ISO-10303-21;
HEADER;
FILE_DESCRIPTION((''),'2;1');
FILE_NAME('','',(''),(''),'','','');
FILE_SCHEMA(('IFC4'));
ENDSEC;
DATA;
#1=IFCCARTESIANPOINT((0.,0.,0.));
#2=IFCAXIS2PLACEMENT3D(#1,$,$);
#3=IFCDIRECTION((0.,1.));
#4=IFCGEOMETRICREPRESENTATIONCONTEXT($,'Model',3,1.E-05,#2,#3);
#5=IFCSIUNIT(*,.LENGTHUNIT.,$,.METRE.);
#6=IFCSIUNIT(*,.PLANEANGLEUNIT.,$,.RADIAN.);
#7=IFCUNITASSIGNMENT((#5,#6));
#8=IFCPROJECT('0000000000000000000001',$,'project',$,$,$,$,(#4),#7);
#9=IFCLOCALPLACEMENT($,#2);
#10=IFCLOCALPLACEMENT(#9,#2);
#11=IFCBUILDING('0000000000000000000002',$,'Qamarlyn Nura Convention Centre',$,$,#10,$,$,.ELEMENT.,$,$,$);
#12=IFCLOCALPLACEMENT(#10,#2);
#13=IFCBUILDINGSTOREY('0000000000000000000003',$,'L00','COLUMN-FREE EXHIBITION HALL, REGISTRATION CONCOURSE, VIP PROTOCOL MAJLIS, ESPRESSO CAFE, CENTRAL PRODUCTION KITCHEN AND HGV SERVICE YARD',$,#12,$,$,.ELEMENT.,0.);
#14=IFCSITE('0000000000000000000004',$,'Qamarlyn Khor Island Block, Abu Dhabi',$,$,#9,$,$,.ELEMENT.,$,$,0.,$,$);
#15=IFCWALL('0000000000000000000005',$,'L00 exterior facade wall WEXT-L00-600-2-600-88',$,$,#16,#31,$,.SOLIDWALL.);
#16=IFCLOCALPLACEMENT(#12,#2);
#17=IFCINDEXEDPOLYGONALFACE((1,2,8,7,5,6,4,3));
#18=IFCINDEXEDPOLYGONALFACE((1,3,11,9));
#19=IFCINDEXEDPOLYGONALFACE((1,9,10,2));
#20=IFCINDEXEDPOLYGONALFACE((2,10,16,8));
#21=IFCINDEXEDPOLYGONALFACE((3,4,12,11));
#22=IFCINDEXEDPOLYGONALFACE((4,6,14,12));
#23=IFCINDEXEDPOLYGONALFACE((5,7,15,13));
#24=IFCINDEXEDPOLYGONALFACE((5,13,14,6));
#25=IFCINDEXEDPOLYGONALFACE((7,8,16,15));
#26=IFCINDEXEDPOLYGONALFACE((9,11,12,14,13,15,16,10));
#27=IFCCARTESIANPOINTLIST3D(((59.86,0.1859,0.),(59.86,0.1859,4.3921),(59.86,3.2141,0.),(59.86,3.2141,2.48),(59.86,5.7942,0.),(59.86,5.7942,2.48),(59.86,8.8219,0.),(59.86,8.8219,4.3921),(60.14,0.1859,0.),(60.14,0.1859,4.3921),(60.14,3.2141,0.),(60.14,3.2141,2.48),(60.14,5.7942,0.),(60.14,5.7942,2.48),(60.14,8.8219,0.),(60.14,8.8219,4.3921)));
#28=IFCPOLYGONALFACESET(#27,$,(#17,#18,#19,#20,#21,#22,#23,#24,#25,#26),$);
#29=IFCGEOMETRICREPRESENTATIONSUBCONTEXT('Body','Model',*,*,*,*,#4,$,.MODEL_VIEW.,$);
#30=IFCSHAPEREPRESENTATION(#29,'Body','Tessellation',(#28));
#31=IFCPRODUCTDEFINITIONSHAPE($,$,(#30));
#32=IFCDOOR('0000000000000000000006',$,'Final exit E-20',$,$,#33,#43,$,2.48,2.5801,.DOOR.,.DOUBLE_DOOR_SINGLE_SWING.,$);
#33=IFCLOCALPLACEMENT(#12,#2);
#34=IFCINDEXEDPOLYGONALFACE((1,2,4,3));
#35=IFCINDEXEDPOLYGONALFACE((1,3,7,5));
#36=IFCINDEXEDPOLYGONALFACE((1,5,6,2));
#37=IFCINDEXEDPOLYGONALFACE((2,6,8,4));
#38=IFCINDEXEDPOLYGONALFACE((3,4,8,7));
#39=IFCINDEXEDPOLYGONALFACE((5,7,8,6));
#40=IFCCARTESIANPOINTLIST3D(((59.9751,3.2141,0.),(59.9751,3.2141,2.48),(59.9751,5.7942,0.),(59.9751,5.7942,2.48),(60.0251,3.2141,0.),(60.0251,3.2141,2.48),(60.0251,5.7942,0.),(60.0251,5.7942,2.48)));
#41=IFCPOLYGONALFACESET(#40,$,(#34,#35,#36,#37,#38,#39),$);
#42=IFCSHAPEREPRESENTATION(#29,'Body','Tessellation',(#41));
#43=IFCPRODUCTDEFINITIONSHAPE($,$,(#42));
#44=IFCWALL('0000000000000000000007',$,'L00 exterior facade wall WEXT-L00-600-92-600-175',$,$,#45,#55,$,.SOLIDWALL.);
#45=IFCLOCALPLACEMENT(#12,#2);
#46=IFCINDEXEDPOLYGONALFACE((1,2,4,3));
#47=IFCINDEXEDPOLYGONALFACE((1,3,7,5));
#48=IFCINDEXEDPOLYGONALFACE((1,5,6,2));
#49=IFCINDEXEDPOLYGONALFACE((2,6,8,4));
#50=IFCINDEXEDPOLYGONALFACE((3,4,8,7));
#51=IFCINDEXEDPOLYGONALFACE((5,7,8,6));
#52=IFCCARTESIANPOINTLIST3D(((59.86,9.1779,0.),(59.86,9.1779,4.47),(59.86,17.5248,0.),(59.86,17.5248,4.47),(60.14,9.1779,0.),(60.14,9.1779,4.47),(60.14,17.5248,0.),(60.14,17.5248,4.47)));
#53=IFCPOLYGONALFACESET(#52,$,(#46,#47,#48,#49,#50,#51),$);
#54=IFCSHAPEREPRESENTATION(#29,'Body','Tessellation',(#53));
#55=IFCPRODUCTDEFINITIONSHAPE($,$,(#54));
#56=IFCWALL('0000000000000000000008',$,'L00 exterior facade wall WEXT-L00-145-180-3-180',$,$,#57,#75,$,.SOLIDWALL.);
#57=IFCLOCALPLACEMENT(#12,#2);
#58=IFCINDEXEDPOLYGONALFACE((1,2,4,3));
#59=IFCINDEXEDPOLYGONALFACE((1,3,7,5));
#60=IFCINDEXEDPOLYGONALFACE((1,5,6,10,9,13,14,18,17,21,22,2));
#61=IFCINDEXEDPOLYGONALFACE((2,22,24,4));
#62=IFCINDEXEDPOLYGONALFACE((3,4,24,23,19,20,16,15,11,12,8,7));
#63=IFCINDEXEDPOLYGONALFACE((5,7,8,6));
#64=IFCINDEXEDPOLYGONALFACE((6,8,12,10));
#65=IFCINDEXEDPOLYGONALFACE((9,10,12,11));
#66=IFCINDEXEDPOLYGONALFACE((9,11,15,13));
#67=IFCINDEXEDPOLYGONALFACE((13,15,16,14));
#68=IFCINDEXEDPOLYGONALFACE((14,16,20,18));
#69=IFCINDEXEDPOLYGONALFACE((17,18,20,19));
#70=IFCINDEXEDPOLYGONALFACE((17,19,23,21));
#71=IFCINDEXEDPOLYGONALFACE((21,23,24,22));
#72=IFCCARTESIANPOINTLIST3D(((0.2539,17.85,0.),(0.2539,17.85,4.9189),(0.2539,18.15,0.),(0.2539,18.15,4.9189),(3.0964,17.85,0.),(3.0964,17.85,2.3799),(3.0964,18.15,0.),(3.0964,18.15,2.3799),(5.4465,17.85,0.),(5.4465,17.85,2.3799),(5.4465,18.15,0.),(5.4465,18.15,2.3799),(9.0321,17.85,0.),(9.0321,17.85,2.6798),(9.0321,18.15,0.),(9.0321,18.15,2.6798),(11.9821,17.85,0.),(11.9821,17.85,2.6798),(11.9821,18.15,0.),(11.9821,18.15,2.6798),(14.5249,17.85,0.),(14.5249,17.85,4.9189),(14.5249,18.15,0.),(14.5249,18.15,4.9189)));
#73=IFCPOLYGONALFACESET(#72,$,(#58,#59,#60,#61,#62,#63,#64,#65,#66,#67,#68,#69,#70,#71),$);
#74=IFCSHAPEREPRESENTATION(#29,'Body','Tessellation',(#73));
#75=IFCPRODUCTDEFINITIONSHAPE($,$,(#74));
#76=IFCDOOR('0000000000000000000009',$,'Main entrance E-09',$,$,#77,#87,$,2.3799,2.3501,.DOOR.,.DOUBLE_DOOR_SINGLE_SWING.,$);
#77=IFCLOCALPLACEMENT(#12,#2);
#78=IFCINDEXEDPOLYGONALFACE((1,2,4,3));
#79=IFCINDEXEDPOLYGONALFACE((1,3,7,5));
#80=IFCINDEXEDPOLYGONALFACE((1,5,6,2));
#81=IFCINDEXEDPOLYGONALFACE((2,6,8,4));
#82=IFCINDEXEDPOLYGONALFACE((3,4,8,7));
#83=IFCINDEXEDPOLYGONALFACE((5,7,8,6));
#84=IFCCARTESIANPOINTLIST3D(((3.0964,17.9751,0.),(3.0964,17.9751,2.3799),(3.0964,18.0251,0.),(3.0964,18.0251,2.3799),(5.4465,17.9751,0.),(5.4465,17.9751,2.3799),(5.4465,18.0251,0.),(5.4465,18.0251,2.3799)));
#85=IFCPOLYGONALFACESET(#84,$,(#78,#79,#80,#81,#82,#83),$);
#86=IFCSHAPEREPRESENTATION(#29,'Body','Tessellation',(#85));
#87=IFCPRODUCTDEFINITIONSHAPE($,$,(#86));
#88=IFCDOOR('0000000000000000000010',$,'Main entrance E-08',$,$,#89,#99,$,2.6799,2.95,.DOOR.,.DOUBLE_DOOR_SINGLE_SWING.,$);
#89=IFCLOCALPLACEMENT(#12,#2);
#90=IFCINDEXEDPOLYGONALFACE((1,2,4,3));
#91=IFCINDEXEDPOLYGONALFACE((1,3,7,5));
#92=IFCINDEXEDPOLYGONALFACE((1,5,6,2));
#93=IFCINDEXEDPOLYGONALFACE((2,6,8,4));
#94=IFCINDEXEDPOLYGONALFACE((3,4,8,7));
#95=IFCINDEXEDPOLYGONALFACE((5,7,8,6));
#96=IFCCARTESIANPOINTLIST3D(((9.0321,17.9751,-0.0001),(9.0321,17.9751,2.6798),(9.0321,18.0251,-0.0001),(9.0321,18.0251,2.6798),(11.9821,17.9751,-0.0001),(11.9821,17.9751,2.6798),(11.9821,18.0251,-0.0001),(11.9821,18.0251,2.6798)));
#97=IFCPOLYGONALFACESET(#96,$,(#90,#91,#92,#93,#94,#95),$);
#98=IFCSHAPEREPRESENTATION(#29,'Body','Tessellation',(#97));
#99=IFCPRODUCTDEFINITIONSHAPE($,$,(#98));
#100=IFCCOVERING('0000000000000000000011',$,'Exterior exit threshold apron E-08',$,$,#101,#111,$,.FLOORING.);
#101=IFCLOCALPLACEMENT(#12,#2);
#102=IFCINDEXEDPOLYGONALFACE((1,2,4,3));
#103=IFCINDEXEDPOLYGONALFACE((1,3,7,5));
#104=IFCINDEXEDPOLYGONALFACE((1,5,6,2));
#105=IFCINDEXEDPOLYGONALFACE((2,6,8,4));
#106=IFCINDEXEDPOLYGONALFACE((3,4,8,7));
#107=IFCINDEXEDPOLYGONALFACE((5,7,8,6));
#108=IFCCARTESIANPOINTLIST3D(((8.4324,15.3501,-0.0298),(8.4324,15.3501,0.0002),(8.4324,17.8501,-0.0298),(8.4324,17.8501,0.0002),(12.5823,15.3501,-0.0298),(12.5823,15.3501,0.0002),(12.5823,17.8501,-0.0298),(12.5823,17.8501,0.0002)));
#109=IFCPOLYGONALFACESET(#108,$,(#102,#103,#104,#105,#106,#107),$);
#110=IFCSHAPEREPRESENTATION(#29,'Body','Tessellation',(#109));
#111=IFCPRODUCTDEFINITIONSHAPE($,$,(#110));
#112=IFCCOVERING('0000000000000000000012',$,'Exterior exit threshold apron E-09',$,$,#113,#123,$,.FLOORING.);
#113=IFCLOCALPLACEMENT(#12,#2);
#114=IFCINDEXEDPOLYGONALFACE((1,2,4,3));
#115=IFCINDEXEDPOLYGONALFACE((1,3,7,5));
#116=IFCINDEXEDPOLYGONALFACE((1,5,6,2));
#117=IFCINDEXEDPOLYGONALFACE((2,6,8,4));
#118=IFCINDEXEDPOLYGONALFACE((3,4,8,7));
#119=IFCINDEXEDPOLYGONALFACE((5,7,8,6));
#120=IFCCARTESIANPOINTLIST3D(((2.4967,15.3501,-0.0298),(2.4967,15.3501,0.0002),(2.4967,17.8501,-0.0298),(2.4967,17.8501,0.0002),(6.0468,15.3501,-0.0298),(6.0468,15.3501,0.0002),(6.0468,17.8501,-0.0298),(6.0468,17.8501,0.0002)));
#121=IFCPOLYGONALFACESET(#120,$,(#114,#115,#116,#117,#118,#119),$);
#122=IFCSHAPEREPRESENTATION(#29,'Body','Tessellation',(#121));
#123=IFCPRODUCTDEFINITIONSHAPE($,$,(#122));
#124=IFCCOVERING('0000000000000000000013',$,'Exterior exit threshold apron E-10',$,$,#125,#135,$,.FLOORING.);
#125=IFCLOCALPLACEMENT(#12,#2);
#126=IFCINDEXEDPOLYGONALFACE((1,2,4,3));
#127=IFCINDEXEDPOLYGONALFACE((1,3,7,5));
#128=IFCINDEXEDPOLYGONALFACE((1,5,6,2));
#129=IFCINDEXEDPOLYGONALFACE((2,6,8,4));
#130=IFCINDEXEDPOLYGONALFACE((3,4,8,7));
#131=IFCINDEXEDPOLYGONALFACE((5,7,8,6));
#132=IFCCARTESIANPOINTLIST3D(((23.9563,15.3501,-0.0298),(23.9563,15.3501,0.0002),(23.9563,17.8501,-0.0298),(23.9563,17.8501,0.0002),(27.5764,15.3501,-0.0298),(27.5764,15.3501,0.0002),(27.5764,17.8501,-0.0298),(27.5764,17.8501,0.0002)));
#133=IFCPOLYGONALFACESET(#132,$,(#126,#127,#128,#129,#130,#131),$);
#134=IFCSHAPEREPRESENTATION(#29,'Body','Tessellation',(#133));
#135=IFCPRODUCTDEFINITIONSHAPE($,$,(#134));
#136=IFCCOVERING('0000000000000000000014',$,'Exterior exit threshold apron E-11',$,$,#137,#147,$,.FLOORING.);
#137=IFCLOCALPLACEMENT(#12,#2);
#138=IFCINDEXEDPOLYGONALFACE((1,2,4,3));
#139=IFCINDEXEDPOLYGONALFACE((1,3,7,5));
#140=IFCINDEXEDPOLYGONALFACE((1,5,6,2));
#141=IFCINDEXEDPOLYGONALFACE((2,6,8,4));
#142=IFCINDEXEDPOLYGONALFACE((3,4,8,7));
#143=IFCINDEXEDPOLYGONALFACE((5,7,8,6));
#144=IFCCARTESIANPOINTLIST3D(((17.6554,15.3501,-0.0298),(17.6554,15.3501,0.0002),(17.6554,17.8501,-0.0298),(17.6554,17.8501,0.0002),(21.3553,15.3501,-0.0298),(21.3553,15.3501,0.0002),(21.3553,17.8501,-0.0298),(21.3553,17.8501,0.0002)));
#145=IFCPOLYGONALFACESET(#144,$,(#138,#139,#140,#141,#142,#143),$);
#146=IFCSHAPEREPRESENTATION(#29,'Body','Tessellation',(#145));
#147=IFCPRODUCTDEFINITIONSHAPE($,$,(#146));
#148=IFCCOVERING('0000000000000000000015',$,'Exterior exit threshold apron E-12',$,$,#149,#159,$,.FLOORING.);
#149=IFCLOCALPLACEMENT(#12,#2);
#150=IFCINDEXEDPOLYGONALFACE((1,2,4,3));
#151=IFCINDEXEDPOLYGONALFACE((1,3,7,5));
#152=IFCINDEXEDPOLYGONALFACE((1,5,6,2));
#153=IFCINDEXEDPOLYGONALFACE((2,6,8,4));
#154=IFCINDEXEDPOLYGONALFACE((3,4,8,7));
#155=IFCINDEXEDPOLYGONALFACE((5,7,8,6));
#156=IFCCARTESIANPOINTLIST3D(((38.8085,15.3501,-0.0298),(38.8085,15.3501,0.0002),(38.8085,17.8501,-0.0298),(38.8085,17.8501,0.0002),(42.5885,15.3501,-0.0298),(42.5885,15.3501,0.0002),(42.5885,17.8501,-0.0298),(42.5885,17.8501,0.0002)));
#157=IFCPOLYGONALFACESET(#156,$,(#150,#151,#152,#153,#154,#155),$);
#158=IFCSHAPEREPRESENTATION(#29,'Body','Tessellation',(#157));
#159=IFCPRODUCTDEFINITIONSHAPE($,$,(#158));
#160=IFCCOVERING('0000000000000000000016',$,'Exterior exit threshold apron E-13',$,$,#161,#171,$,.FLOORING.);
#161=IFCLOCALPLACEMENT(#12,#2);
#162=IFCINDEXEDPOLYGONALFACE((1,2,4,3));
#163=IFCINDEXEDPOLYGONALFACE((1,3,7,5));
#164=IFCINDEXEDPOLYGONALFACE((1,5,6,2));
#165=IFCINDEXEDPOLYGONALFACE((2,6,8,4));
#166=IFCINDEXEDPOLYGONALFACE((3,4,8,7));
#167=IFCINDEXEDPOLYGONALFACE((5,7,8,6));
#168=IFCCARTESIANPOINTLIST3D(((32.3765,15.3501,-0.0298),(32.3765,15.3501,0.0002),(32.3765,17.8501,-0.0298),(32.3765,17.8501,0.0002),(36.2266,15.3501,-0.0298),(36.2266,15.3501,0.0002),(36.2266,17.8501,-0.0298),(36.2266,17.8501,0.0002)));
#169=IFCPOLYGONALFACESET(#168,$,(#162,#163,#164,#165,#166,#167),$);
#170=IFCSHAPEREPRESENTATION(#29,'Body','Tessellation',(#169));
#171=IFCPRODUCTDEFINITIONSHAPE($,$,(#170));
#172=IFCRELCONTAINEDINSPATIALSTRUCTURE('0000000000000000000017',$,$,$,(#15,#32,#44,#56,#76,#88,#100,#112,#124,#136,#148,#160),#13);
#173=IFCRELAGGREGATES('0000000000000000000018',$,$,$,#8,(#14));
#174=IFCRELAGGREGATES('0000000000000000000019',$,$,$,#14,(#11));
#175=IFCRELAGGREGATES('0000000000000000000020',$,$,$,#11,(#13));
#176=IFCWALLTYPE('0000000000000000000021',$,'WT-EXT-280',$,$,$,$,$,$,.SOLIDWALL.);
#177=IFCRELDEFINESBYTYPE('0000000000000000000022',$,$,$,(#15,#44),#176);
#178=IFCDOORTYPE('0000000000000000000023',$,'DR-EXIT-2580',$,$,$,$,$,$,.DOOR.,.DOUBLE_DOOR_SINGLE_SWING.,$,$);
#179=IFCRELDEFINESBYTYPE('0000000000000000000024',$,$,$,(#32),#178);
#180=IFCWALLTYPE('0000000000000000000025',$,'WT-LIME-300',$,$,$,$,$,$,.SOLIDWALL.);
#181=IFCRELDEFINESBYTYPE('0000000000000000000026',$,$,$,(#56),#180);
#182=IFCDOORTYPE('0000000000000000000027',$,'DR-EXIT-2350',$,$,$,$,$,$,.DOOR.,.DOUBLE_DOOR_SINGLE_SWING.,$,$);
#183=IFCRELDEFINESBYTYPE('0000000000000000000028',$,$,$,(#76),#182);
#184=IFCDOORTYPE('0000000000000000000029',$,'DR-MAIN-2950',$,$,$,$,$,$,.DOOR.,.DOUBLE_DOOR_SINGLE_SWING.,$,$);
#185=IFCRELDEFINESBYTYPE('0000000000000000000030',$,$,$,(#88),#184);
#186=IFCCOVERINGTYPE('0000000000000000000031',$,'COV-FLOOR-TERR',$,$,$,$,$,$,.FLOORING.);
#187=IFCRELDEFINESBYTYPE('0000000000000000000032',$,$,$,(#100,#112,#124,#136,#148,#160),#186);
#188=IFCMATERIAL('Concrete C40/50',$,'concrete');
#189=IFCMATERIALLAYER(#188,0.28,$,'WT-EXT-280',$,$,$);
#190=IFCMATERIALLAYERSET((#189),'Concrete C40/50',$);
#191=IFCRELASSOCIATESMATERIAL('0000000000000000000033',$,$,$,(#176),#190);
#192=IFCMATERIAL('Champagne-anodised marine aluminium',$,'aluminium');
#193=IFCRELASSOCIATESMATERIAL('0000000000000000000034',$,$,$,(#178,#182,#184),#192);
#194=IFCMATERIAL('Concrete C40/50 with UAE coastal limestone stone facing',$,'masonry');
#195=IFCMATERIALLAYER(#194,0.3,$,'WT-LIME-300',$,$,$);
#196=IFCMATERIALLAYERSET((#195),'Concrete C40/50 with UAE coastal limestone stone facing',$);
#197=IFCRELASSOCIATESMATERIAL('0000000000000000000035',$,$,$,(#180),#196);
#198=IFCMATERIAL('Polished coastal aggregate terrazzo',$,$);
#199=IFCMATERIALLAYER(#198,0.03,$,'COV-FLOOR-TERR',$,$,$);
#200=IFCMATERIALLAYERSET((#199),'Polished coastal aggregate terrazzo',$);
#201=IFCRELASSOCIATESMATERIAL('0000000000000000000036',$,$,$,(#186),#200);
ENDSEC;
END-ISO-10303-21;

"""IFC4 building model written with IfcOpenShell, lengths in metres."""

from ifc_helpers import new_model, si_unit, direction, frame, frame_2d, origin, origin_2d, place, context, subcontext, project, spatial, rectangle, extrude, material, layer, layer_set, type_object, element, fill, save


model = new_model("IFC4")

# Units and contexts
model_context = context("Model", 3, precision=1e-05, world=origin(), true_north=direction((0.0, 1.0)))
body_context = subcontext(model_context, "Body", "Model", "MODEL_VIEW")
ifc_project = project(units=[si_unit("LENGTHUNIT", "METRE"), si_unit("PLANEANGLEUNIT", "RADIAN")], contexts=[model_context])

# Site, building, storey
site_placement = place(None, origin())
site = spatial("IfcSite", under=ifc_project, at=site_placement, Name="Qamarlyn Khor Island Block, Abu Dhabi", CompositionType="ELEMENT", RefElevation=0.0)
building_placement = place(site_placement, origin())
building = spatial("IfcBuilding", under=site, at=building_placement, Name="Qamarlyn Nura Convention Centre", CompositionType="ELEMENT")
storey_placement = place(building_placement, origin())
storey = spatial("IfcBuildingStorey", under=building, at=storey_placement, Name="L00", Description="COLUMN-FREE EXHIBITION HALL, REGISTRATION CONCOURSE, VIP PROTOCOL MAJLIS, ESPRESSO CAFE, CENTRAL PRODUCTION KITCHEN AND HGV SERVICE YARD", CompositionType="ELEMENT", Elevation=0.0)

# Wall, opening, door
ifc_material_1 = material(Name="Concrete C40/50", Category="concrete")
ifc_layer_1 = layer(ifc_material_1, 0.28, Name="WT-EXT-280")
ifc_layer_set_1 = layer_set([ifc_layer_1], Name="Concrete C40/50")
wall_type_1 = type_object("IfcWallType", Name="WT-EXT-280", PredefinedType="SOLIDWALL", material=ifc_layer_set_1)
wall_1_placement = place(storey_placement, frame((60.0, 0.186, 0.0), z_axis=(0.0, 0.0, 1.0), x_axis=(0.0, 1.0, 0.0)))
wall_1 = element("IfcWall", 1, at=wall_1_placement, inside=storey, type_object=wall_type_1, Name="L00 exterior facade wall WEXT-L00-600-2-600-88", PredefinedType="SOLIDWALL", context=body_context, shape_type="SweptSolid", body=[
    extrude(rectangle(XDim=8.636, YDim=0.28, at=frame_2d((4.3179, 0.0))), origin(), (0.0, 0.0, 1.0), 4.3921),
])
opening_1_placement = place(wall_1_placement, frame((3.0281, 0.0, 0.0)))
opening_1 = element("IfcOpeningElement", 2, at=opening_1_placement, cuts=wall_1, PredefinedType="OPENING", context=body_context, shape_type="SweptSolid", body=[
    extrude(rectangle(XDim=2.5801, YDim=2.48, at=frame_2d((1.29, 1.24))), frame((0.0, 0.1499, 0.0), z_axis=(0.0, -1.0, 0.0), x_axis=(1.0, 0.0, 0.0)), (0.0, 0.0, 1.0), 0.3),
])
ifc_material_2 = material(Name="Champagne-anodised marine aluminium", Category="aluminium")
door_type_1 = type_object("IfcDoorType", Name="DR-EXIT-2580", OperationType="DOUBLE_DOOR_SINGLE_SWING", PredefinedType="DOOR", material=ifc_material_2)
door_1_placement = place(opening_1_placement, origin())
door_1 = element("IfcDoor", 3, at=door_1_placement, inside=storey, type_object=door_type_1, Name="Final exit E-20", OperationType="DOUBLE_DOOR_SINGLE_SWING", OverallHeight=2.48, OverallWidth=2.5801, PredefinedType="DOOR", context=body_context, shape_type="SweptSolid", body=[
    extrude(rectangle(XDim=2.5801, YDim=2.48, at=frame_2d((1.29, 1.24))), frame((0.0, 0.0249, 0.0), z_axis=(0.0, -1.0, 0.0), x_axis=(1.0, 0.0, 0.0)), (0.0, 0.0, 1.0), 0.05),
])
fill(opening_1, door_1)

# Wall
wall_2_placement = place(storey_placement, frame((60.0, 9.178, 0.0), z_axis=(0.0, 0.0, 1.0), x_axis=(0.0, 1.0, 0.0)))
element("IfcWall", 4, at=wall_2_placement, inside=storey, type_object=wall_type_1, Name="L00 exterior facade wall WEXT-L00-600-92-600-175", PredefinedType="SOLIDWALL", context=body_context, shape_type="SweptSolid", body=[
    extrude(rectangle(XDim=8.3469, YDim=0.28, at=frame_2d((4.1733, 0.0))), origin(), (0.0, 0.0, 1.0), 4.47),
])

# Wall, openings, doors
ifc_material_3 = material(Name="Concrete C40/50 with UAE coastal limestone stone facing", Category="masonry")
ifc_layer_2 = layer(ifc_material_3, 0.3, Name="WT-LIME-300")
ifc_layer_set_2 = layer_set([ifc_layer_2], Name="Concrete C40/50 with UAE coastal limestone stone facing")
wall_type_2 = type_object("IfcWallType", Name="WT-LIME-300", PredefinedType="SOLIDWALL", material=ifc_layer_set_2)
wall_3_placement = place(storey_placement, frame((14.5249, 18.0, 0.0), z_axis=(0.0, 0.0, 1.0), x_axis=(-1.0, 0.0, 0.0)))
wall_3 = element("IfcWall", 5, at=wall_3_placement, inside=storey, type_object=wall_type_2, Name="L00 exterior facade wall WEXT-L00-145-180-3-180", PredefinedType="SOLIDWALL", context=body_context, shape_type="SweptSolid", body=[
    extrude(rectangle(XDim=14.271, YDim=0.3, at=frame_2d((7.1355, 0.0))), origin(), (0.0, 0.0, 1.0), 4.9189),
])
opening_2_placement = place(wall_3_placement, frame((2.5427, 0.0, 0.0)))
opening_2 = element("IfcOpeningElement", 6, at=opening_2_placement, cuts=wall_3, PredefinedType="OPENING", context=body_context, shape_type="SweptSolid", body=[
    extrude(rectangle(XDim=2.95, YDim=2.6799, at=frame_2d((1.4751, 1.3398))), frame((0.0, 0.1602, 0.0), z_axis=(0.0, -1.0, 0.0), x_axis=(1.0, 0.0, 0.0)), (0.0, 0.0, 1.0), 0.3201),
])
opening_3_placement = place(wall_3_placement, frame((9.0784, 0.0, 0.0)))
opening_3 = element("IfcOpeningElement", 7, at=opening_3_placement, cuts=wall_3, PredefinedType="OPENING", context=body_context, shape_type="SweptSolid", body=[
    extrude(rectangle(XDim=2.3501, YDim=2.3799, at=frame_2d((1.175, 1.1899))), frame((0.0, 0.1602, 0.0), z_axis=(0.0, -1.0, 0.0), x_axis=(1.0, 0.0, 0.0)), (0.0, 0.0, 1.0), 0.3201),
])
door_type_2 = type_object("IfcDoorType", Name="DR-EXIT-2350", OperationType="DOUBLE_DOOR_SINGLE_SWING", PredefinedType="DOOR", material=ifc_material_2)
door_2_placement = place(opening_3_placement, origin())
door_2 = element("IfcDoor", 8, at=door_2_placement, inside=storey, type_object=door_type_2, Name="Main entrance E-09", OperationType="DOUBLE_DOOR_SINGLE_SWING", OverallHeight=2.3799, OverallWidth=2.3501, PredefinedType="DOOR", context=body_context, shape_type="SweptSolid", body=[
    extrude(rectangle(XDim=2.3501, YDim=2.3799, at=frame_2d((1.175, 1.1899))), frame((0.0, 0.0249, 0.0), z_axis=(0.0, -1.0, 0.0), x_axis=(1.0, 0.0, 0.0)), (0.0, 0.0, 1.0), 0.05),
])
fill(opening_3, door_2)
door_type_3 = type_object("IfcDoorType", Name="DR-MAIN-2950", OperationType="DOUBLE_DOOR_SINGLE_SWING", PredefinedType="DOOR", material=ifc_material_2)
door_3_placement = place(opening_2_placement, origin())
door_3 = element("IfcDoor", 9, at=door_3_placement, inside=storey, type_object=door_type_3, Name="Main entrance E-08", OperationType="DOUBLE_DOOR_SINGLE_SWING", OverallHeight=2.6799, OverallWidth=2.95, PredefinedType="DOOR", context=body_context, shape_type="SweptSolid", body=[
    extrude(rectangle(XDim=2.95, YDim=2.6799, at=frame_2d((1.4751, 1.3398))), frame((0.0, 0.0249, 0.0), z_axis=(0.0, -1.0, 0.0), x_axis=(1.0, 0.0, 0.0)), (0.0, 0.0, 1.0), 0.05),
])
fill(opening_2, door_3)

# Coverings
ifc_material_4 = material(Name="Polished coastal aggregate terrazzo")
ifc_layer_3 = layer(ifc_material_4, 0.03, Name="COV-FLOOR-TERR")
ifc_layer_set_3 = layer_set([ifc_layer_3], Name="Polished coastal aggregate terrazzo")
covering_type = type_object("IfcCoveringType", Name="COV-FLOOR-TERR", PredefinedType="FLOORING", material=ifc_layer_set_3)
covering_1_placement = place(storey_placement, frame((10.5073, 16.6001, -0.0298), z_axis=(0.0, 0.0, 1.0), x_axis=(-1.0, 0.0, 0.0)))
element("IfcCovering", 10, at=covering_1_placement, inside=storey, type_object=covering_type, Name="Exterior exit threshold apron E-08", PredefinedType="FLOORING", context=body_context, shape_type="SweptSolid", body=[
    extrude(rectangle(XDim=4.1499, YDim=2.5, at=origin_2d()), origin(), (0.0, 0.0, 1.0), 0.03),
])
covering_2_placement = place(storey_placement, frame((4.2717, 16.6001, -0.0298), z_axis=(0.0, 0.0, 1.0), x_axis=(-1.0, 0.0, 0.0)))
element("IfcCovering", 11, at=covering_2_placement, inside=storey, type_object=covering_type, Name="Exterior exit threshold apron E-09", PredefinedType="FLOORING", context=body_context, shape_type="SweptSolid", body=[
    extrude(rectangle(XDim=3.55, YDim=2.5, at=origin_2d()), origin(), (0.0, 0.0, 1.0), 0.03),
])
covering_3_placement = place(storey_placement, frame((25.7664, 16.6001, -0.0298), z_axis=(0.0, 0.0, 1.0), x_axis=(-1.0, 0.0, 0.0)))
element("IfcCovering", 12, at=covering_3_placement, inside=storey, type_object=covering_type, Name="Exterior exit threshold apron E-10", PredefinedType="FLOORING", context=body_context, shape_type="SweptSolid", body=[
    extrude(rectangle(XDim=3.6201, YDim=2.5, at=origin_2d()), origin(), (0.0, 0.0, 1.0), 0.03),
])
covering_4_placement = place(storey_placement, frame((19.5054, 16.6001, -0.0298), z_axis=(0.0, 0.0, 1.0), x_axis=(-1.0, 0.0, 0.0)))
element("IfcCovering", 13, at=covering_4_placement, inside=storey, type_object=covering_type, Name="Exterior exit threshold apron E-11", PredefinedType="FLOORING", context=body_context, shape_type="SweptSolid", body=[
    extrude(rectangle(XDim=3.7, YDim=2.5, at=origin_2d()), origin(), (0.0, 0.0, 1.0), 0.03),
])
covering_5_placement = place(storey_placement, frame((40.6985, 16.6001, -0.0298), z_axis=(0.0, 0.0, 1.0), x_axis=(-1.0, 0.0, 0.0)))
element("IfcCovering", 14, at=covering_5_placement, inside=storey, type_object=covering_type, Name="Exterior exit threshold apron E-12", PredefinedType="FLOORING", context=body_context, shape_type="SweptSolid", body=[
    extrude(rectangle(XDim=3.78, YDim=2.5, at=origin_2d()), origin(), (0.0, 0.0, 1.0), 0.03),
])
covering_6_placement = place(storey_placement, frame((34.3015, 16.6001, -0.0298), z_axis=(0.0, 0.0, 1.0), x_axis=(-1.0, 0.0, 0.0)))
element("IfcCovering", 15, at=covering_6_placement, inside=storey, type_object=covering_type, Name="Exterior exit threshold apron E-13", PredefinedType="FLOORING", context=body_context, shape_type="SweptSolid", body=[
    extrude(rectangle(XDim=3.8501, YDim=2.5, at=origin_2d()), origin(), (0.0, 0.0, 1.0), 0.03),
])

save(model, "model.ifc")
